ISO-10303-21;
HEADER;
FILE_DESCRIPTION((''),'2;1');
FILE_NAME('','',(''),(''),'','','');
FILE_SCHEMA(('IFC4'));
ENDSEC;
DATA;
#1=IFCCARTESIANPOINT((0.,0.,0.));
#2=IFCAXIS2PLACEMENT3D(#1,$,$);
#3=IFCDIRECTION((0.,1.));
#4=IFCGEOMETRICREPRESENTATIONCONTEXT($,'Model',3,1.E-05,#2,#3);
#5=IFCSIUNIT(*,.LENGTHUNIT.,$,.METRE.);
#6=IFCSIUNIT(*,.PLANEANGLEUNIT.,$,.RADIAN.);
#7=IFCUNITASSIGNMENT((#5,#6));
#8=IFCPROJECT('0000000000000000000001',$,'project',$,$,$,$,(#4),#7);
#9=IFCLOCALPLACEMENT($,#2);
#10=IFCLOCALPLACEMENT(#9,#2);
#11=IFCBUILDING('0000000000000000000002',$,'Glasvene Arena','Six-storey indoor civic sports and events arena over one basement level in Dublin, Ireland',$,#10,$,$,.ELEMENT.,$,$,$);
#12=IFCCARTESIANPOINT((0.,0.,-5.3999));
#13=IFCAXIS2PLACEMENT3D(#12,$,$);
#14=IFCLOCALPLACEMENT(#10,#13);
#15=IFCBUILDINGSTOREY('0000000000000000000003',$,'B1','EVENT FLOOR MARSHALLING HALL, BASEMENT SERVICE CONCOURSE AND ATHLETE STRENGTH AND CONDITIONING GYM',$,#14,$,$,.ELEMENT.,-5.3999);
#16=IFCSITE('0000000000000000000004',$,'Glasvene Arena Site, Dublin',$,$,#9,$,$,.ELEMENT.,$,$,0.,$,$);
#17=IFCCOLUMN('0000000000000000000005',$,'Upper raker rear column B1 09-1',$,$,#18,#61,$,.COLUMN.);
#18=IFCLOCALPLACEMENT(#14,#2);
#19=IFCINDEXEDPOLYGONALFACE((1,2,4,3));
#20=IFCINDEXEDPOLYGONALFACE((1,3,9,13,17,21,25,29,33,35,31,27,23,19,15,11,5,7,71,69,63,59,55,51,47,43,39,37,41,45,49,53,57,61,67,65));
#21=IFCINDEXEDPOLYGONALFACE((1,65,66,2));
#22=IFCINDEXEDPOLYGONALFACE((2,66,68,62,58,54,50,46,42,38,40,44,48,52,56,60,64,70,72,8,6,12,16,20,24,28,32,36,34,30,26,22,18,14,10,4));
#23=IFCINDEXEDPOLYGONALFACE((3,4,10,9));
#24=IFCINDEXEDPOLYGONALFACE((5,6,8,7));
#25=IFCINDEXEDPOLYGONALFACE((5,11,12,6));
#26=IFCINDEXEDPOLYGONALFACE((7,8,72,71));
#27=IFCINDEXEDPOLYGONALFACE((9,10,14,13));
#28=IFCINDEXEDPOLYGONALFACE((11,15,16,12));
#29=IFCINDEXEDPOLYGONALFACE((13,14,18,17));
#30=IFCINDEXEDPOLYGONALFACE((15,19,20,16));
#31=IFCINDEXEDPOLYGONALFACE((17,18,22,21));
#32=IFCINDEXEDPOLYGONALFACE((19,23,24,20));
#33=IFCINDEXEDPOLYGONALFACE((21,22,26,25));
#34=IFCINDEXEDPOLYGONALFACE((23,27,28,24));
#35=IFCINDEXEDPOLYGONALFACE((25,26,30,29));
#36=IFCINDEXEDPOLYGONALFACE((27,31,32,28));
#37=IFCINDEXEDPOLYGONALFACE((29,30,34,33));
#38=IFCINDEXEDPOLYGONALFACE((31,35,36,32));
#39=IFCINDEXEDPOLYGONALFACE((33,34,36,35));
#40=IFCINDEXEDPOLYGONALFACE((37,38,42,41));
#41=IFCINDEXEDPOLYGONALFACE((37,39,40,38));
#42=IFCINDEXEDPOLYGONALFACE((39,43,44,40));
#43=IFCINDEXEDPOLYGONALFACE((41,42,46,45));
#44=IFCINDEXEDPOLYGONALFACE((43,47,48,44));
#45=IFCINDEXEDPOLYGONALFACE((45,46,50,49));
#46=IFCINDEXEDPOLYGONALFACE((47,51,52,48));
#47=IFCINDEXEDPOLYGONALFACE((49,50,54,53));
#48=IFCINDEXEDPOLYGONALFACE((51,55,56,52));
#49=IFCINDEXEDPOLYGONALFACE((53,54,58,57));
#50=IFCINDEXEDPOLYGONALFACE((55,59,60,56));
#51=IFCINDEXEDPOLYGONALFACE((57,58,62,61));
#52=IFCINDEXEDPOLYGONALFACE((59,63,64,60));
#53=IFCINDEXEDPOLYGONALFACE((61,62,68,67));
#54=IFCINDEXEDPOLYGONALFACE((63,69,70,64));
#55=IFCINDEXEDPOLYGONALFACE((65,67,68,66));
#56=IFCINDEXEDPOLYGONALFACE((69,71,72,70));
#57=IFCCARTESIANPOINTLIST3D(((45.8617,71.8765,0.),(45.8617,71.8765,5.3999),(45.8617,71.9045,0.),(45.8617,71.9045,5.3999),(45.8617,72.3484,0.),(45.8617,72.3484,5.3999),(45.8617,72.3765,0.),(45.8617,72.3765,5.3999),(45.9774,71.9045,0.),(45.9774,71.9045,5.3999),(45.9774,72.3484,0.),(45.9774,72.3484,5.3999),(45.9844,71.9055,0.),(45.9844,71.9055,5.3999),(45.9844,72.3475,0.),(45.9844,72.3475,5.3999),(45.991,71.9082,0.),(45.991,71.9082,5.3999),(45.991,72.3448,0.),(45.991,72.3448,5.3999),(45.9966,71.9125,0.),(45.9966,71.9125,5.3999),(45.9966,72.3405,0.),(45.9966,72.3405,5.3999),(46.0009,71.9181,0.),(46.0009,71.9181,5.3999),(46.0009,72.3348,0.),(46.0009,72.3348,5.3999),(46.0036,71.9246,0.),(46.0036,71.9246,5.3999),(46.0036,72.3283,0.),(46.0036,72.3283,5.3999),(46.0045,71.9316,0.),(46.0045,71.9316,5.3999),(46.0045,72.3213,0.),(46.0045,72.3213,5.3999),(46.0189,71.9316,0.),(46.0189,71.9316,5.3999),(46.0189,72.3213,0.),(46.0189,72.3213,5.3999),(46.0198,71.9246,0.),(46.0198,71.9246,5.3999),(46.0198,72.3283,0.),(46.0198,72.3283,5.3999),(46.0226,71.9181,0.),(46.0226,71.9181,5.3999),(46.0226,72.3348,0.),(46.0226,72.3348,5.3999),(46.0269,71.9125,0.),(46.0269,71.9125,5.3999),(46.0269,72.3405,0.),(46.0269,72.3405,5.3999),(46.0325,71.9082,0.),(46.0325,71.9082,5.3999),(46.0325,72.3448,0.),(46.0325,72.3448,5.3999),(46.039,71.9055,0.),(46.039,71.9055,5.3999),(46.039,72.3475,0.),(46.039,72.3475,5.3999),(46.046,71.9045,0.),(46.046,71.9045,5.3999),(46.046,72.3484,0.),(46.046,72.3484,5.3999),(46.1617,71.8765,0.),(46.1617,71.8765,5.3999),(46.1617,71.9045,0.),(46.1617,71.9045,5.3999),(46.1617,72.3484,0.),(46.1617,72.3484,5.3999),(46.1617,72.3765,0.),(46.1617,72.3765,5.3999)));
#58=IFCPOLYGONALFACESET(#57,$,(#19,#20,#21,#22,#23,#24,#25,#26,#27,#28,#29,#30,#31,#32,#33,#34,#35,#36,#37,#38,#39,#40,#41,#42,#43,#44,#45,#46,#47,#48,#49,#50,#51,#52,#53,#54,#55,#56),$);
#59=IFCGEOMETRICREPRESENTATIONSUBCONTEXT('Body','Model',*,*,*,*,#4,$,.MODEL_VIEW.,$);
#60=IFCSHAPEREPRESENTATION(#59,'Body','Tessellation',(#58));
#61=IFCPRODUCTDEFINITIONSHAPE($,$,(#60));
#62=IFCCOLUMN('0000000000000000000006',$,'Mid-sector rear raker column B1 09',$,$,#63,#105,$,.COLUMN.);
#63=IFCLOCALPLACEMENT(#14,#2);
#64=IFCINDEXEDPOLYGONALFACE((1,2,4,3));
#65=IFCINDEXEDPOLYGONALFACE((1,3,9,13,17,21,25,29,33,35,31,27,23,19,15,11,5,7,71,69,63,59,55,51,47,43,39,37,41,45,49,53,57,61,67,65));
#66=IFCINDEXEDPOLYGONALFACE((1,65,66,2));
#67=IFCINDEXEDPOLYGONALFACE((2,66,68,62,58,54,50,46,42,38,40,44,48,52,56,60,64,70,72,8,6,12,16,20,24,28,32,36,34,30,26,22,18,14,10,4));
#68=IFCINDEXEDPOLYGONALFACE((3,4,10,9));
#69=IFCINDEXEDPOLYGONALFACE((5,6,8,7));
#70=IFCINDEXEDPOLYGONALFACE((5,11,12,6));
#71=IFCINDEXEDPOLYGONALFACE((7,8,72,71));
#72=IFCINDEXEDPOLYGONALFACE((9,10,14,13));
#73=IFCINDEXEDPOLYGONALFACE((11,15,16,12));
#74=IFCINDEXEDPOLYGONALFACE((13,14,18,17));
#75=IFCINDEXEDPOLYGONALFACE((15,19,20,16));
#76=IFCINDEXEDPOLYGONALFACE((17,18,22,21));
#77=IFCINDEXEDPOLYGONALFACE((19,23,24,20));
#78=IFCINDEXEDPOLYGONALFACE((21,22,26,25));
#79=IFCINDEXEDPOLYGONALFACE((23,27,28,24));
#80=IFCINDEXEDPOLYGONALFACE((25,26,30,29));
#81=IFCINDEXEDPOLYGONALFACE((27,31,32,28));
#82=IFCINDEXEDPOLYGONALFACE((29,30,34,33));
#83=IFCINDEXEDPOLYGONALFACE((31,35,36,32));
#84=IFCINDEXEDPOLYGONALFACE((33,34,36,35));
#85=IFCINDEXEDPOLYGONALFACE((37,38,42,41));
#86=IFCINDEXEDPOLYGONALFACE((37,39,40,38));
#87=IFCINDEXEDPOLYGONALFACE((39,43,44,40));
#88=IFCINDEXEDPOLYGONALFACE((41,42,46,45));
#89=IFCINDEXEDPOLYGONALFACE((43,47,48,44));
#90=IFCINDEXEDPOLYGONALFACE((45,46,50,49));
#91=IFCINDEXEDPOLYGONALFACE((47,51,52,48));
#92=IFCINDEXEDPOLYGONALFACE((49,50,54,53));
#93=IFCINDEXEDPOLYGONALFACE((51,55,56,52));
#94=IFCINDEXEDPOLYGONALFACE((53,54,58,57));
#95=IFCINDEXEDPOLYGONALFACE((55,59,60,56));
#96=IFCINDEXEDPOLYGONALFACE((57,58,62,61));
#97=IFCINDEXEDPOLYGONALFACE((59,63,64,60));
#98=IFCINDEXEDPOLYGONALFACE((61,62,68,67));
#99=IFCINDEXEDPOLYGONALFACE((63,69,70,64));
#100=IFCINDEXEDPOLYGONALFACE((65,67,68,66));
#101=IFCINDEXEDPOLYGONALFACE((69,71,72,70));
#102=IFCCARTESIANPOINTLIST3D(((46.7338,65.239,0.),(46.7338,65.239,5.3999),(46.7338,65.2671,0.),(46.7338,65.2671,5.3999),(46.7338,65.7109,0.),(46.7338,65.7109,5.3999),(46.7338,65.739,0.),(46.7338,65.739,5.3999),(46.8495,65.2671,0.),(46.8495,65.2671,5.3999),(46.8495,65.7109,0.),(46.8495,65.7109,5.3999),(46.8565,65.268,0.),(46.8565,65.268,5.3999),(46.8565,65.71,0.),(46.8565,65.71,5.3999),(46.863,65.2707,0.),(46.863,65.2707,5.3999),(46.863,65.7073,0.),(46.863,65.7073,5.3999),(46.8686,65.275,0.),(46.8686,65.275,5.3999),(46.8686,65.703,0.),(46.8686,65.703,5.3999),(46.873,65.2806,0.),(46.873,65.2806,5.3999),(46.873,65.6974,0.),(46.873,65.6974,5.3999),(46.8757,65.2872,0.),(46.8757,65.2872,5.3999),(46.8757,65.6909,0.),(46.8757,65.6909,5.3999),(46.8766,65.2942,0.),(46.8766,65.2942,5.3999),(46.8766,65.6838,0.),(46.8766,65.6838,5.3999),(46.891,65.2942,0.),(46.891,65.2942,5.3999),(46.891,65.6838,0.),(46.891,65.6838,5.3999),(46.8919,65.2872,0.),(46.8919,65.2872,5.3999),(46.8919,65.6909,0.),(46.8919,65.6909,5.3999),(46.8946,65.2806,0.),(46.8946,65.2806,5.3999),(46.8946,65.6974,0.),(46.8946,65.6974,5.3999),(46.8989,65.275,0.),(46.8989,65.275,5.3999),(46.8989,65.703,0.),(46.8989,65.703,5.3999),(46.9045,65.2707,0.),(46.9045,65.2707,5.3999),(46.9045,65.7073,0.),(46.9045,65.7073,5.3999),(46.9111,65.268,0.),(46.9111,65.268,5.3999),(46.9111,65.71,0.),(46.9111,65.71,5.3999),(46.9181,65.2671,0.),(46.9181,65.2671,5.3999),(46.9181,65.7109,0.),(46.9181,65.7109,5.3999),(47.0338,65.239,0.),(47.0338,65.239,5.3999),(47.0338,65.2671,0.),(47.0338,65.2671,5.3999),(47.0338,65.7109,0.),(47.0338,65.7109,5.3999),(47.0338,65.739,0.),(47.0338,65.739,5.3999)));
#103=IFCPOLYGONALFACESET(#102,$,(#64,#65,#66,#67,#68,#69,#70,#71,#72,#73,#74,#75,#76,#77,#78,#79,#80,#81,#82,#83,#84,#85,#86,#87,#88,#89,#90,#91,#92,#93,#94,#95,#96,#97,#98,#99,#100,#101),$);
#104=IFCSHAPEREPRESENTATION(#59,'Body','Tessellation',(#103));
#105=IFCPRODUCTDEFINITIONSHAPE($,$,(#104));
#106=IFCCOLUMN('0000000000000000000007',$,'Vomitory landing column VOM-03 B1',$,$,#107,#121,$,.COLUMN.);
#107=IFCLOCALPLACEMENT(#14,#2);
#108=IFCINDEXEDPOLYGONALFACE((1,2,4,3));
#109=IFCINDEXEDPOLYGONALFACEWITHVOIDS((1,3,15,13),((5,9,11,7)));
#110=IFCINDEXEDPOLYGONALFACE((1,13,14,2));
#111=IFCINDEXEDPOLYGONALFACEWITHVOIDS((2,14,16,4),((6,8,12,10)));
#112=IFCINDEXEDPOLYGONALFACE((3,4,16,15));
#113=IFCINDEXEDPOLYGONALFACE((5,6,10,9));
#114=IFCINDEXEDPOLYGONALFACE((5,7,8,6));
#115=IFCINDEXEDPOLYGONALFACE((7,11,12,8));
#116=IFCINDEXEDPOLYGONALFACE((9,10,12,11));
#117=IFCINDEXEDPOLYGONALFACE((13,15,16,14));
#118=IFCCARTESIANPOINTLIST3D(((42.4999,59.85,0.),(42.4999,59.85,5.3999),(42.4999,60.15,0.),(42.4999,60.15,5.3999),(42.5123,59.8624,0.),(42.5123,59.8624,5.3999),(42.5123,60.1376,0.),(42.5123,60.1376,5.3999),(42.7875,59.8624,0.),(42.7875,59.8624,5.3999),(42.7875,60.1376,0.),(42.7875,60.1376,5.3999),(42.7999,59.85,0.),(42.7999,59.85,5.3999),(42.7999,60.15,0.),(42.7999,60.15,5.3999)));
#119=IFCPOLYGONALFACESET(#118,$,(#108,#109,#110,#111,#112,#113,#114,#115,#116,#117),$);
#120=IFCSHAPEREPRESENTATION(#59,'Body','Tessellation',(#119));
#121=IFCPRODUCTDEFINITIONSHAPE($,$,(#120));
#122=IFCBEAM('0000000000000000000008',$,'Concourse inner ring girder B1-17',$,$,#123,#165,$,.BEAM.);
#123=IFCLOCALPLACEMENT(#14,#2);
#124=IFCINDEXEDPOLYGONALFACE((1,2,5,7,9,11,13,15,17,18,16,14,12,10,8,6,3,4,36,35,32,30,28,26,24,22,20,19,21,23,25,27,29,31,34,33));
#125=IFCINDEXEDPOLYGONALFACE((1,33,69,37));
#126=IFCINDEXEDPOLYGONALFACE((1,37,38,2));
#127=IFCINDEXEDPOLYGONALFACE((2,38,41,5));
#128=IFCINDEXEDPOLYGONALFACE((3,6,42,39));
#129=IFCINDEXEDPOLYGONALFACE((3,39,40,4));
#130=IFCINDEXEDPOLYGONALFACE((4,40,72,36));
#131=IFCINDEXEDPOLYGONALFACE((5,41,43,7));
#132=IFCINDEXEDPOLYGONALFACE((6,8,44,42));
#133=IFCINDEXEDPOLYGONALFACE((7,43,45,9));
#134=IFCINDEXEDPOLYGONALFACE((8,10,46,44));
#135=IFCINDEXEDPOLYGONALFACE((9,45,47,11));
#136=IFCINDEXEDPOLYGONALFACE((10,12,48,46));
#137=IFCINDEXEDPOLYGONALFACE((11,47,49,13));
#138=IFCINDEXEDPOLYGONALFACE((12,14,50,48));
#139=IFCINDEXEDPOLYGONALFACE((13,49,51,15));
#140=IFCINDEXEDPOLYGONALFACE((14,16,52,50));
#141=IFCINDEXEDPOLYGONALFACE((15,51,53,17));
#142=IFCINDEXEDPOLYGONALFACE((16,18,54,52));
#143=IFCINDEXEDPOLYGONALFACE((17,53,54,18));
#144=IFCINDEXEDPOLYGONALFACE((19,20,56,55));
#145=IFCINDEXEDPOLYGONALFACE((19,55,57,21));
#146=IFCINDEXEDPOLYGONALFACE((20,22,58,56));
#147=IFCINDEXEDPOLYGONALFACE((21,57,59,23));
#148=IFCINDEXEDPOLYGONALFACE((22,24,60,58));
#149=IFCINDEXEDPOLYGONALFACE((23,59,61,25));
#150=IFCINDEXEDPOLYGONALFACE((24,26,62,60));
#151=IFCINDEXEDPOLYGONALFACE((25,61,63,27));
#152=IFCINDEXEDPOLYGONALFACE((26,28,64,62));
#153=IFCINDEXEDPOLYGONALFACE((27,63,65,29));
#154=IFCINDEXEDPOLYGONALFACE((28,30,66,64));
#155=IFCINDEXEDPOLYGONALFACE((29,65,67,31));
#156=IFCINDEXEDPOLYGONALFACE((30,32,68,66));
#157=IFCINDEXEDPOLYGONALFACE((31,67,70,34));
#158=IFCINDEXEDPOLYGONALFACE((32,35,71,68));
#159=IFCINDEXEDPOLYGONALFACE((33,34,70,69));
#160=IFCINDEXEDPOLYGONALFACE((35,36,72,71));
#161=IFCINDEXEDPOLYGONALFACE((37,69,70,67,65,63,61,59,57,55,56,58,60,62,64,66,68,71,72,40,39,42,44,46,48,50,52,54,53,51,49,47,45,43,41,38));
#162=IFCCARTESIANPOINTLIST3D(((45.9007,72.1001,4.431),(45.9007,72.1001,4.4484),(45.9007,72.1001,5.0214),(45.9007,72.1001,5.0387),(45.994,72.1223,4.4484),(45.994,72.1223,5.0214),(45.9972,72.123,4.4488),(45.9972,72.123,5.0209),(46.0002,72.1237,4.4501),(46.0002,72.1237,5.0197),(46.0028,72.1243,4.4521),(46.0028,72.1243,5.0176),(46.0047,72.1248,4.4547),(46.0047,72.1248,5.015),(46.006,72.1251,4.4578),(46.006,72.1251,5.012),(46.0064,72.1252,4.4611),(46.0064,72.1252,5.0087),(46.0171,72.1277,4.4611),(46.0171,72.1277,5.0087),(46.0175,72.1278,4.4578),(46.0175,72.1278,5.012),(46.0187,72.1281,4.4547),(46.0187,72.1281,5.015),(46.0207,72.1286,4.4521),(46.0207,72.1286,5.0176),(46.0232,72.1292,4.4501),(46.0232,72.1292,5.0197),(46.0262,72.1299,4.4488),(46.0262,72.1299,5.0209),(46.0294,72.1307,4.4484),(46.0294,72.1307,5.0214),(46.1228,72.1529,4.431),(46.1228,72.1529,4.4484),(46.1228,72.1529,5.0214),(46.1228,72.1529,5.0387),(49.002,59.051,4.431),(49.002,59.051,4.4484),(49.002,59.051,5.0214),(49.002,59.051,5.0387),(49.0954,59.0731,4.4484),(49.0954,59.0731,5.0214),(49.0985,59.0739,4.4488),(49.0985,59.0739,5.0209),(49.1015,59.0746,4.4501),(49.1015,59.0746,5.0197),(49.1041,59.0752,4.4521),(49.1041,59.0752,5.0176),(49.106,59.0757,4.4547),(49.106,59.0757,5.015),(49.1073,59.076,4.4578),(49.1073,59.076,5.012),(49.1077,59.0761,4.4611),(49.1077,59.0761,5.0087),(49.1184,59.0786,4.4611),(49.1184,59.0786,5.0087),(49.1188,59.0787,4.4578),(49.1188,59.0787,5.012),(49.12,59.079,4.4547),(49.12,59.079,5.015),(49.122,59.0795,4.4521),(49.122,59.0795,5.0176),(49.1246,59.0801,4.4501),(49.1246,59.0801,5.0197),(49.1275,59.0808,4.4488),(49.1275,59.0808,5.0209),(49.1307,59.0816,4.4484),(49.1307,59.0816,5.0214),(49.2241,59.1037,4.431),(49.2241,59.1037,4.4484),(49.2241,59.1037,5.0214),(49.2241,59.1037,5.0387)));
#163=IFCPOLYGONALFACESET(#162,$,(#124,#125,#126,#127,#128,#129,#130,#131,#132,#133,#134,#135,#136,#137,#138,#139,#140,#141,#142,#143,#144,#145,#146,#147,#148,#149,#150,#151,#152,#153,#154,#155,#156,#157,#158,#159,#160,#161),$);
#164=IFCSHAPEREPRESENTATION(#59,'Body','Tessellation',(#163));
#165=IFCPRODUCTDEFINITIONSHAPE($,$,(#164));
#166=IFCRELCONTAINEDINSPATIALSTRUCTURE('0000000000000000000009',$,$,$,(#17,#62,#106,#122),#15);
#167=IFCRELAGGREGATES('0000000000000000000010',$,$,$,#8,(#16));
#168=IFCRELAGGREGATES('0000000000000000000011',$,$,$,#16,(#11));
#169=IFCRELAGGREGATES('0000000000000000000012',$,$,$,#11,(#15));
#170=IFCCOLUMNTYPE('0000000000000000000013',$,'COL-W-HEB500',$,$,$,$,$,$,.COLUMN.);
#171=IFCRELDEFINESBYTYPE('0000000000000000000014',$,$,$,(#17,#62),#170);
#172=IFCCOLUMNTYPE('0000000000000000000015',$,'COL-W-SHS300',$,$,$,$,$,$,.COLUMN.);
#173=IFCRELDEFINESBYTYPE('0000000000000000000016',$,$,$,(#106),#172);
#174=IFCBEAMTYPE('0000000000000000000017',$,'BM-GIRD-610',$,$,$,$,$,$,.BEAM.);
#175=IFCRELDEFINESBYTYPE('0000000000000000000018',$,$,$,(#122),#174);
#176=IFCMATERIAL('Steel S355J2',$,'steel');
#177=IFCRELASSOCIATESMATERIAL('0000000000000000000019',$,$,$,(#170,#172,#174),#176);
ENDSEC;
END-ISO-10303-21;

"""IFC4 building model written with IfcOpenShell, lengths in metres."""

from ifc_helpers import new_model, si_unit, direction, frame, origin, origin_2d, place, context, subcontext, project, spatial, hollow_rectangle, i_section, extrude, material, material_profile, profile_set, type_object, element, save


model = new_model("IFC4")

# Units and contexts
model_context = context("Model", 3, precision=1e-05, world=origin(), true_north=direction((0.0, 1.0)))
body_context = subcontext(model_context, "Body", "Model", "MODEL_VIEW")
ifc_project = project(units=[si_unit("LENGTHUNIT", "METRE"), si_unit("PLANEANGLEUNIT", "RADIAN")], contexts=[model_context])

# Site, building, storey
site_placement = place(None, origin())
site = spatial("IfcSite", under=ifc_project, at=site_placement, Name="Glasvene Arena Site, Dublin", CompositionType="ELEMENT", RefElevation=0.0)
building_placement = place(site_placement, origin())
building = spatial("IfcBuilding", under=site, at=building_placement, Name="Glasvene Arena", Description="Six-storey indoor civic sports and events arena over one basement level in Dublin, Ireland", CompositionType="ELEMENT")
storey_placement = place(building_placement, frame((0.0, 0.0, -5.3999)))
storey = spatial("IfcBuildingStorey", under=building, at=storey_placement, Name="B1", Description="EVENT FLOOR MARSHALLING HALL, BASEMENT SERVICE CONCOURSE AND ATHLETE STRENGTH AND CONDITIONING GYM", CompositionType="ELEMENT", Elevation=-5.3999)

# Columns
ifc_material_1 = material(Name="Steel S355J2", Category="steel")
ifc_material_profile_1 = material_profile(ifc_material_1, i_section(OverallWidth=0.3, OverallDepth=0.5, WebThickness=0.0144, FlangeThickness=0.0281, FilletRadius=0.0271, at=origin_2d()), Name="HEB 500")
ifc_profile_set_1 = profile_set([ifc_material_profile_1], Name="Steel S355J2")
column_type_1 = type_object("IfcColumnType", Name="COL-W-HEB500", PredefinedType="COLUMN", material=ifc_profile_set_1)
for number, where, z_axis, x_axis, name in (
    (1, (46.0117, 72.1265, 0.0), (0.0, 0.0, 1.0), (1.0, 0.0, 0.0), "Upper raker rear column B1 09-1"),
    (2, (46.8838, 65.489, 0.0), (0.0, 0.0, 1.0), (1.0, 0.0, 0.0), "Mid-sector rear raker column B1 09"),
):
    element("IfcColumn", number, at=place(storey_placement, frame(where, z_axis=z_axis, x_axis=x_axis)), inside=storey, type_object=column_type_1, Name=name, PredefinedType="COLUMN", context=body_context, shape_type="SweptSolid", body=[
        extrude(i_section(OverallWidth=0.3, OverallDepth=0.5, WebThickness=0.0144, FlangeThickness=0.0281, FilletRadius=0.0271, at=origin_2d()), origin(), (0.0, 0.0, 1.0), 5.3999),
    ])
ifc_material_profile_2 = material_profile(ifc_material_1, hollow_rectangle(XDim=0.3, YDim=0.3, WallThickness=0.0125, at=origin_2d()), Name="SHS 300x300x12.5")
ifc_profile_set_2 = profile_set([ifc_material_profile_2], Name="Steel S355J2")
column_type_2 = type_object("IfcColumnType", Name="COL-W-SHS300", PredefinedType="COLUMN", material=ifc_profile_set_2)
column_1_placement = place(storey_placement, frame((42.6499, 60.0, 0.0), z_axis=(0.0, 0.0, 1.0), x_axis=(1.0, 0.0, 0.0)))
element("IfcColumn", 3, at=column_1_placement, inside=storey, type_object=column_type_2, Name="Vomitory landing column VOM-03 B1", PredefinedType="COLUMN", context=body_context, shape_type="SweptSolid", body=[
    extrude(hollow_rectangle(XDim=0.3, YDim=0.3, WallThickness=0.0125, at=origin_2d()), origin(), (0.0, 0.0, 1.0), 5.3999),
])

# Beam
ifc_material_profile_3 = material_profile(ifc_material_1, i_section(OverallWidth=0.2283, OverallDepth=0.6077, WebThickness=0.011, FlangeThickness=0.0173, FilletRadius=0.0127, at=origin_2d()), Name="UKB 610x229x113")
ifc_profile_set_3 = profile_set([ifc_material_profile_3], Name="Steel S355J2")
beam_type_1 = type_object("IfcBeamType", Name="BM-GIRD-610", PredefinedType="BEAM", material=ifc_profile_set_3)
beam_1_placement = place(storey_placement, frame((46.0117, 72.1265, 4.7349), z_axis=(0.231225, -0.9729, 0.0), x_axis=(0.9729, 0.231225, 0.0)))
element("IfcBeam", 4, at=beam_1_placement, inside=storey, type_object=beam_type_1, Name="Concourse inner ring girder B1-17", PredefinedType="BEAM", context=body_context, shape_type="SweptSolid", body=[
    extrude(i_section(OverallWidth=0.2283, OverallDepth=0.6077, WebThickness=0.011, FlangeThickness=0.0173, FilletRadius=0.0127, at=origin_2d()), origin(), (0.0, 0.0, 1.0), 13.4126),
])

save(model, "model.ifc")
